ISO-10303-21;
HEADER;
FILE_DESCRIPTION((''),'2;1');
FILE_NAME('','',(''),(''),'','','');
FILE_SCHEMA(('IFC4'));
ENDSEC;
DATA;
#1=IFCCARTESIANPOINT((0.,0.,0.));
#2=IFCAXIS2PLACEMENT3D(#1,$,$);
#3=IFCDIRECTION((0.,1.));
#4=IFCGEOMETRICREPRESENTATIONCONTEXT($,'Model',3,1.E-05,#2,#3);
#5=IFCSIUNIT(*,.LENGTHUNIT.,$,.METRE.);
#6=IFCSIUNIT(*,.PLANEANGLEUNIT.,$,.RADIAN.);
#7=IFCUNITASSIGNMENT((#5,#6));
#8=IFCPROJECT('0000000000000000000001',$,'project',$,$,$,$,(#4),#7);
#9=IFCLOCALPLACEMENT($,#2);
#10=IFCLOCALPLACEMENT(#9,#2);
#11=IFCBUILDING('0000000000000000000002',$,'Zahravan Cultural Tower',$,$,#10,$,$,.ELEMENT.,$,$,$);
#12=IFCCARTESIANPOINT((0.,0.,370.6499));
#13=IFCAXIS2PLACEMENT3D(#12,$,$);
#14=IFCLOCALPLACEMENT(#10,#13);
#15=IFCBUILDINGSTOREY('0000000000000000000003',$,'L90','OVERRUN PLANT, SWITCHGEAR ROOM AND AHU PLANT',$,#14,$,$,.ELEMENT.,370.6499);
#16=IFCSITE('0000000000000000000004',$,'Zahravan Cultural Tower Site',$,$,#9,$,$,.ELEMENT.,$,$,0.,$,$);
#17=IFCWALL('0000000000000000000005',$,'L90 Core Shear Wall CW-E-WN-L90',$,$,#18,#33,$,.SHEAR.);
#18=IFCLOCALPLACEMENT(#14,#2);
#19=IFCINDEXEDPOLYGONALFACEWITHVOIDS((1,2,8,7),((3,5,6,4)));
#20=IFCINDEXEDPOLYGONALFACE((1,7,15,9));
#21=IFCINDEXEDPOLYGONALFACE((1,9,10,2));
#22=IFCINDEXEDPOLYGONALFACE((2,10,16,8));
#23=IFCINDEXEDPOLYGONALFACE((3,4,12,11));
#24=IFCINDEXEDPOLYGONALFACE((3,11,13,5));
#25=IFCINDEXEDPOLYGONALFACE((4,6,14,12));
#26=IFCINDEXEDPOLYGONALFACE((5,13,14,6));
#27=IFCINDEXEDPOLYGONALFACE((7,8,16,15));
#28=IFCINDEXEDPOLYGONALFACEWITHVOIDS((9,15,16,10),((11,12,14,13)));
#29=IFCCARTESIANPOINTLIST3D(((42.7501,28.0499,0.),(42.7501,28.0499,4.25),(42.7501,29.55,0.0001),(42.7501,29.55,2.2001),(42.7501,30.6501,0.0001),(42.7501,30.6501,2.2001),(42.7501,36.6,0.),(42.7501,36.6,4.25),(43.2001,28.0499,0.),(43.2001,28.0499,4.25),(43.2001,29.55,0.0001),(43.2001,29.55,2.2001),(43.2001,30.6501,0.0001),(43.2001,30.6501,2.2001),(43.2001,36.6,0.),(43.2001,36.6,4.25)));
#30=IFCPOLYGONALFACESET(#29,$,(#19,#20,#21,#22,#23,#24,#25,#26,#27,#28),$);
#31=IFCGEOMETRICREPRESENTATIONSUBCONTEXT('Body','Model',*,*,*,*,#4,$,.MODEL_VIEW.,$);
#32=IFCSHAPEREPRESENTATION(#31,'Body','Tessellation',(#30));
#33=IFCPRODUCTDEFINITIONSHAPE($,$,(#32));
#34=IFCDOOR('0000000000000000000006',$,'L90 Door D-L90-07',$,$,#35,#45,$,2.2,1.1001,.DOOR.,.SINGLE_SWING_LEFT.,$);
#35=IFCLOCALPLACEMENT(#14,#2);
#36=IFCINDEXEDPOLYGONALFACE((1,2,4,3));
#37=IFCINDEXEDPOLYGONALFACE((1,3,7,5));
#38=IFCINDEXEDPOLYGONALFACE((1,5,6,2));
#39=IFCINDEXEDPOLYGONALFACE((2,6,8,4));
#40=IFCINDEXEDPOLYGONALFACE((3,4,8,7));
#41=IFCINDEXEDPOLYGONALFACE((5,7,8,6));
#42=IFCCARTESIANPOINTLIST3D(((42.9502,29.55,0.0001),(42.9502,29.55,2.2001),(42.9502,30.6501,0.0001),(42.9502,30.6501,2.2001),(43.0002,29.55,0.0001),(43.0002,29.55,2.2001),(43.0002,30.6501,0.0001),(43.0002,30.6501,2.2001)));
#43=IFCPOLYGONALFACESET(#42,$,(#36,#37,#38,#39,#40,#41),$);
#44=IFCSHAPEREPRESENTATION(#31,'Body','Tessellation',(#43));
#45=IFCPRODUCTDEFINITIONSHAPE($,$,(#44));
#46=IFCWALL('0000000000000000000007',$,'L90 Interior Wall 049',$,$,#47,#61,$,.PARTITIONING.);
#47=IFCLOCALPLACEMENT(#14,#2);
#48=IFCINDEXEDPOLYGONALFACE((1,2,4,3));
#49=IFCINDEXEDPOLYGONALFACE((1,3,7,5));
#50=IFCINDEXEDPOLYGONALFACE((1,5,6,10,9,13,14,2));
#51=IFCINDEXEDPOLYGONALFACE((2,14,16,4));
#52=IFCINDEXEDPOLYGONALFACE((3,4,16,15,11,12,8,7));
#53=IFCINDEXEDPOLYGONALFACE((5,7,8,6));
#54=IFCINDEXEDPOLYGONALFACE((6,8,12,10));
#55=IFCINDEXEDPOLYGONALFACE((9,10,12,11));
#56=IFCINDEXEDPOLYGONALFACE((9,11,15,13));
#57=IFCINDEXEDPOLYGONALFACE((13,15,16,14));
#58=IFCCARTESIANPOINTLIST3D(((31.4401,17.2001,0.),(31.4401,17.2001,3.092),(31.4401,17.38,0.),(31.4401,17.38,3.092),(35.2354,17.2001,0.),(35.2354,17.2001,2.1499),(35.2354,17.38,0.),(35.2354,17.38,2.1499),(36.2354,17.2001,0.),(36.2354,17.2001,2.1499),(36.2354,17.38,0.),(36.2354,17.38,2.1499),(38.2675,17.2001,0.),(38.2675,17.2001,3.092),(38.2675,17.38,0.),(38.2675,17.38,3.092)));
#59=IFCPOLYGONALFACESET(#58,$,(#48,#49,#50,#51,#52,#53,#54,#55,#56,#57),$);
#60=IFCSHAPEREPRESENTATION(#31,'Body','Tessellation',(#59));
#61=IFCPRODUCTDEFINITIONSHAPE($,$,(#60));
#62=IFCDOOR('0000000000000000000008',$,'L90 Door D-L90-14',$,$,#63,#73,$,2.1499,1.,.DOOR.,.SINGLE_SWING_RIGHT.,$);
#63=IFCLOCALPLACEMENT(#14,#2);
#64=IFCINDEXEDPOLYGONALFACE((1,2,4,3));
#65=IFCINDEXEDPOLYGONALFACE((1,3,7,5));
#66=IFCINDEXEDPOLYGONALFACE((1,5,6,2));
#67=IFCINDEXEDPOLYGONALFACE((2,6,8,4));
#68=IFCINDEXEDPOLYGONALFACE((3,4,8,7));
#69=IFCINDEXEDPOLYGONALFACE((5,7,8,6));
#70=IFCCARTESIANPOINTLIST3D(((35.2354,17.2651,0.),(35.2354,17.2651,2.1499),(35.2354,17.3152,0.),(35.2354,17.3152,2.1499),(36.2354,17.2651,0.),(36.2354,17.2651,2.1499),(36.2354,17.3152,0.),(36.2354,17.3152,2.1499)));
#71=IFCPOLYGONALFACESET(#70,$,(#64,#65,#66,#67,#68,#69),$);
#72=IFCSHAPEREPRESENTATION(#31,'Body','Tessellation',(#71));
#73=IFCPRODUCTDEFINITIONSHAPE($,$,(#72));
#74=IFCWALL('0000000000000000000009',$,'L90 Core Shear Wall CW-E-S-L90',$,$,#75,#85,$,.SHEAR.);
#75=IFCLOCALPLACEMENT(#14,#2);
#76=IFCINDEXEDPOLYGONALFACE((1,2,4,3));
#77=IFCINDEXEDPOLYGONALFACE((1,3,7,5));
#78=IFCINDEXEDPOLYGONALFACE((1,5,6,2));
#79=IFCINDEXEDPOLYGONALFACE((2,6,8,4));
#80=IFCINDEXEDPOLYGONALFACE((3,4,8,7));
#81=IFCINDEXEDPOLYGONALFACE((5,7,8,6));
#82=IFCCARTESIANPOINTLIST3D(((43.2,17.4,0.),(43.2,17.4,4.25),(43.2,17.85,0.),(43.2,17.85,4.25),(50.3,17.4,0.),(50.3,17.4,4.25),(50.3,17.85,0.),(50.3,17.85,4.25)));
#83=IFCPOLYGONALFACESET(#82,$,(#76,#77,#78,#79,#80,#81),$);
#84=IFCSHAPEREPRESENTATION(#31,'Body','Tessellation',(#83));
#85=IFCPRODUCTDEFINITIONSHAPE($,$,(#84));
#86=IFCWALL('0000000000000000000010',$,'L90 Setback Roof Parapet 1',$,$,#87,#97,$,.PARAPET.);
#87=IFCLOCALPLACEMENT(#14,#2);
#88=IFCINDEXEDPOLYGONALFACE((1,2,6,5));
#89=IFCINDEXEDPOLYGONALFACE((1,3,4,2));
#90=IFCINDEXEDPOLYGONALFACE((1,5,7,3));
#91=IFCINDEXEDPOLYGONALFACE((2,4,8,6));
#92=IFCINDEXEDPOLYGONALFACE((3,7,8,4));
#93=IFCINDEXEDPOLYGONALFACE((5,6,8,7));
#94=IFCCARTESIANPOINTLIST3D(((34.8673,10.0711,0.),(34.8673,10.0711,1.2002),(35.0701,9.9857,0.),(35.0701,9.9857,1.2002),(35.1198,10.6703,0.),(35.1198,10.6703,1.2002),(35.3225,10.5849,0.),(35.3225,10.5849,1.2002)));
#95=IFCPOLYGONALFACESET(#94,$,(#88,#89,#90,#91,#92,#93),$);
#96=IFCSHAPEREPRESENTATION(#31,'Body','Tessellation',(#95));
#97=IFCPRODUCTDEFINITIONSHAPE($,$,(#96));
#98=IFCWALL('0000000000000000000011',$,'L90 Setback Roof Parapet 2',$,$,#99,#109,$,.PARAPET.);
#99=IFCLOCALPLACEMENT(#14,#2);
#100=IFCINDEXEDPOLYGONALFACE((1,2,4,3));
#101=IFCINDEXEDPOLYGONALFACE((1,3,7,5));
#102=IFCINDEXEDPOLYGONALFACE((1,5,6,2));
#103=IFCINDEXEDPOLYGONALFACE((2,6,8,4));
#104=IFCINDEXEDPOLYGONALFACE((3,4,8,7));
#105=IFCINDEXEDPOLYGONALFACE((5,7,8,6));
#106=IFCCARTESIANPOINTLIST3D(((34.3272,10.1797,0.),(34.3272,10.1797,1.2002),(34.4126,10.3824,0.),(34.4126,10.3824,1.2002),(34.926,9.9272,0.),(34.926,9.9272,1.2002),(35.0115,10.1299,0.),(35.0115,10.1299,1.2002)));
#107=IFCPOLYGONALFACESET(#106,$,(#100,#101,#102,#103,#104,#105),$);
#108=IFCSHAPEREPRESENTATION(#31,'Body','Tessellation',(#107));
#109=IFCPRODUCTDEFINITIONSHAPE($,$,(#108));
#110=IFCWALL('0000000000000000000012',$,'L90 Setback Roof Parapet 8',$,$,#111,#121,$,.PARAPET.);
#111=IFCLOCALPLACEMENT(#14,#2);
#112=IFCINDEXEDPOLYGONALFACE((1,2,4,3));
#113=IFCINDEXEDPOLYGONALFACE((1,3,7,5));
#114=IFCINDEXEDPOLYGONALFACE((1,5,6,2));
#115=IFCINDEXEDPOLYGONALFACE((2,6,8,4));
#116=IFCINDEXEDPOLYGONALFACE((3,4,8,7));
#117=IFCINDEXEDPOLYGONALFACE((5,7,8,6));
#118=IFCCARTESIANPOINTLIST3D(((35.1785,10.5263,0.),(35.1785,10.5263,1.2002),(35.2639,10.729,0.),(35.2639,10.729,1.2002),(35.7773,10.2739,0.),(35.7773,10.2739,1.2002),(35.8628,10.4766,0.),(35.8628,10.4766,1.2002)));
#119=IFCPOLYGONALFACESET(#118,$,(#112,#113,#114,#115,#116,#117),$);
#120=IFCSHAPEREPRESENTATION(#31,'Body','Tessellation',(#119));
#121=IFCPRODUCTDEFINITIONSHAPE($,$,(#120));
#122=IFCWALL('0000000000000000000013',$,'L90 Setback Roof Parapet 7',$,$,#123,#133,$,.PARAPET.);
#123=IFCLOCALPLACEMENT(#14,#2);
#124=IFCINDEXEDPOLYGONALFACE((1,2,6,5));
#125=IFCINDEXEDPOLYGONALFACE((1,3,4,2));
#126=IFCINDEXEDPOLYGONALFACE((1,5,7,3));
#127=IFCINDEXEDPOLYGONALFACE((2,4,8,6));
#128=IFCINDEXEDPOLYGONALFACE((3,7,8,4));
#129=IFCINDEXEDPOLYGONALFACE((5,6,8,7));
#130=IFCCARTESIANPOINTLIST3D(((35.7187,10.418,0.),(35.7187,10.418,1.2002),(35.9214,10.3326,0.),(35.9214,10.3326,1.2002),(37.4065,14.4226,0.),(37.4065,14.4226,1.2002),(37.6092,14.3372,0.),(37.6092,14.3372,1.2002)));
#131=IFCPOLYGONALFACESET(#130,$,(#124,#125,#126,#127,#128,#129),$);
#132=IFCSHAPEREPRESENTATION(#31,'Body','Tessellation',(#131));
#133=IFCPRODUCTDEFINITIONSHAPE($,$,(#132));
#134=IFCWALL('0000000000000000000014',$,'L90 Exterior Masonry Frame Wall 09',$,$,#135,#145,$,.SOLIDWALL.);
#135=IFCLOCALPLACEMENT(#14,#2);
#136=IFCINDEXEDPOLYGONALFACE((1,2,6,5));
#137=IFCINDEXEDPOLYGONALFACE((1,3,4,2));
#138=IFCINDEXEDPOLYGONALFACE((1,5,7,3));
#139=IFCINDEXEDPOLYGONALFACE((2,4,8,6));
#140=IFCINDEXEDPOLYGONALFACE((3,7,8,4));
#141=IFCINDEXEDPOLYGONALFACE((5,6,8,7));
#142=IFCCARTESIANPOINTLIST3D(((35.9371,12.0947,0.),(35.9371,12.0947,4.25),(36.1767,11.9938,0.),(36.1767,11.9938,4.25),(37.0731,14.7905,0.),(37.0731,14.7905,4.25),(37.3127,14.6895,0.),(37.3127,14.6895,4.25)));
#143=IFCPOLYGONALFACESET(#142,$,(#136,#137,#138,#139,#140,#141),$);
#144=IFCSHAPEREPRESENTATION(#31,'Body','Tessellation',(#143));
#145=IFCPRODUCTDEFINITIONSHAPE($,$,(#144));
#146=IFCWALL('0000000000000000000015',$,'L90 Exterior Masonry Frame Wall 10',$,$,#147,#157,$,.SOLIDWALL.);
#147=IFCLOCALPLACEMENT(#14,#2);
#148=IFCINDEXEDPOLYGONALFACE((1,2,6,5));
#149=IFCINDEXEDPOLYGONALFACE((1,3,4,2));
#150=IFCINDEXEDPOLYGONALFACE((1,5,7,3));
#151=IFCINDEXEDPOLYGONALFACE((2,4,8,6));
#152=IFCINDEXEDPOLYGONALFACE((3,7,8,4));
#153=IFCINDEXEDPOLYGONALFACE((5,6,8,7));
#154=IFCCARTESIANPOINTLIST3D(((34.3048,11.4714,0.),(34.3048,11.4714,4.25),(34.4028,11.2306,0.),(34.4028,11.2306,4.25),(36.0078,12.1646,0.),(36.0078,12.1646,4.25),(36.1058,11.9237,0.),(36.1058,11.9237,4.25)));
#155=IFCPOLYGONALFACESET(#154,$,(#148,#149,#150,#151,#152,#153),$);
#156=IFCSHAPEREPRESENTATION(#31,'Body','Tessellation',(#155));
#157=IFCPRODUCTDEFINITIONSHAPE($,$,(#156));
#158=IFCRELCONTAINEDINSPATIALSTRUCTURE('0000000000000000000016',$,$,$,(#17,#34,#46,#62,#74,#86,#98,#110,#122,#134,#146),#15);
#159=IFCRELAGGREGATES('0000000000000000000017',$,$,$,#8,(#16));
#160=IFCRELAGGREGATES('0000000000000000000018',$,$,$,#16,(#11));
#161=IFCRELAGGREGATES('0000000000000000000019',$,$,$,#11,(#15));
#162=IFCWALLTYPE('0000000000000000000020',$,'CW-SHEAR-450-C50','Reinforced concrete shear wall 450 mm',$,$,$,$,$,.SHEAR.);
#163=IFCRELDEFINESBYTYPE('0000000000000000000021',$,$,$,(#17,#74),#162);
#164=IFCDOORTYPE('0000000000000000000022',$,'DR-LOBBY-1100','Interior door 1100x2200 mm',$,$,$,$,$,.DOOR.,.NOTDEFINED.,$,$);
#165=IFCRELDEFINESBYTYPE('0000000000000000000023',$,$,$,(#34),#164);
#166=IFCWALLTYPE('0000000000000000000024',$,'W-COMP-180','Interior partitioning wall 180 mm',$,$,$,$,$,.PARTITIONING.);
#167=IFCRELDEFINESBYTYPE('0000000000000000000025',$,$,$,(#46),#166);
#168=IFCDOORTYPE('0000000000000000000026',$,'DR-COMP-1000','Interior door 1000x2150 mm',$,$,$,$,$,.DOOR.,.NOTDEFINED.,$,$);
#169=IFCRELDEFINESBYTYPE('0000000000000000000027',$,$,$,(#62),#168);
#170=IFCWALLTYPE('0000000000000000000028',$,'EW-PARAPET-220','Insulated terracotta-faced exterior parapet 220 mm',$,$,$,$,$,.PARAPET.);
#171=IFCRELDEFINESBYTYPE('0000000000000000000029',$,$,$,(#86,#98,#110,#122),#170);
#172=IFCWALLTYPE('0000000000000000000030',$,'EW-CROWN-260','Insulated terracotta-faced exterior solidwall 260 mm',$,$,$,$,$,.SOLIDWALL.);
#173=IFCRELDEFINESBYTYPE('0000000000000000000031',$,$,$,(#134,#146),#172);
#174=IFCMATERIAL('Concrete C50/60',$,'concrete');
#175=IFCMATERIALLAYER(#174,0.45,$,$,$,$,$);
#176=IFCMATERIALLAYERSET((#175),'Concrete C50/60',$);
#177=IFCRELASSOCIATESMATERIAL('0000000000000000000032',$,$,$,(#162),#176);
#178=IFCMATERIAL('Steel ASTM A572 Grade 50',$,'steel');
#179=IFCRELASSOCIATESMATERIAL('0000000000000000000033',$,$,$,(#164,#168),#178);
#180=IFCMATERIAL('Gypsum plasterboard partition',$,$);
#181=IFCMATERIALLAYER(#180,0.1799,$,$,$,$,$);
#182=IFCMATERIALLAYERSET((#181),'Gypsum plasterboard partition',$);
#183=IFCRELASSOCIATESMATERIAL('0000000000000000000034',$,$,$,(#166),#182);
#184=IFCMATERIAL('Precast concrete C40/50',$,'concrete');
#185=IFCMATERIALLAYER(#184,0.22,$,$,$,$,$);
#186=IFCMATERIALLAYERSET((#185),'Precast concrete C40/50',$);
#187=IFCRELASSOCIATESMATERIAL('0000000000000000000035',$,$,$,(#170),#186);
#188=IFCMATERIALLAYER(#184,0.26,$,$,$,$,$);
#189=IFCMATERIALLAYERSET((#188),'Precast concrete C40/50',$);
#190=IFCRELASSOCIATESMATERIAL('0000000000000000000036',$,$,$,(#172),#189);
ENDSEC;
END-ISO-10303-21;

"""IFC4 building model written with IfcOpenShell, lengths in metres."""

from ifc_helpers import new_model, si_unit, direction, frame, frame_2d, origin, place, context, subcontext, project, spatial, rectangle, extrude, source, transform, mapped, material, layer, layer_set, type_object, element, fill, save


model = new_model("IFC4")

# Units and contexts
model_context = context("Model", 3, precision=1e-05, world=origin(), true_north=direction((0.0, 1.0)))
body_context = subcontext(model_context, "Body", "Model", "MODEL_VIEW")
ifc_project = project(units=[si_unit("LENGTHUNIT", "METRE"), si_unit("PLANEANGLEUNIT", "RADIAN")], contexts=[model_context])

# Site, building, storey
site_placement = place(None, origin())
site = spatial("IfcSite", under=ifc_project, at=site_placement, Name="Zahravan Cultural Tower Site", CompositionType="ELEMENT", RefElevation=0.0)
building_placement = place(site_placement, origin())
building = spatial("IfcBuilding", under=site, at=building_placement, Name="Zahravan Cultural Tower", CompositionType="ELEMENT")
storey_placement = place(building_placement, frame((0.0, 0.0, 370.6499)))
storey = spatial("IfcBuildingStorey", under=building, at=storey_placement, Name="L90", Description="OVERRUN PLANT, SWITCHGEAR ROOM AND AHU PLANT", CompositionType="ELEMENT", Elevation=370.6499)

# Shared definitions
ifc_material_1 = material(Name="Concrete C50/60", Category="concrete")

# Shared definitions
ifc_layer_1 = layer(ifc_material_1, 0.45)
ifc_layer_set_1 = layer_set([ifc_layer_1], Name="Concrete C50/60")
wall_type_1 = type_object("IfcWallType", Name="CW-SHEAR-450-C50", Description="Reinforced concrete shear wall 450 mm", PredefinedType="SHEAR", material=ifc_layer_set_1)
ifc_material_2 = material(Name="Steel ASTM A572 Grade 50", Category="steel")
door_type_1 = type_object("IfcDoorType", Name="DR-LOBBY-1100", Description="Interior door 1100x2200 mm", OperationType="NOTDEFINED", PredefinedType="DOOR", material=ifc_material_2)
shared_shape_1 = source(origin(), body_context, "Body", "SweptSolid", [
    extrude(rectangle(XDim=1.1001, YDim=2.2, at=frame_2d((0.55, 1.1001))), frame((0.0, 0.0249, 0.0), z_axis=(0.0, -1.0, 0.0), x_axis=(1.0, 0.0, 0.0)), (0.0, 0.0, 1.0), 0.05),
])

# Walls, openings, doors
wall_1_placement = place(storey_placement, frame((42.9751, 28.05, 0.0), z_axis=(0.0, 0.0, 1.0), x_axis=(0.0, 1.0, 0.0)))
wall_1 = element("IfcWall", 1, at=wall_1_placement, inside=storey, type_object=wall_type_1, Name="L90 Core Shear Wall CW-E-WN-L90", PredefinedType="SHEAR", context=body_context, shape_type="SweptSolid", body=[
    extrude(rectangle(XDim=8.55, YDim=0.45, at=frame_2d((4.2749, 0.0))), origin(), (0.0, 0.0, 1.0), 4.25),
])
opening_1_placement = place(wall_1_placement, frame((1.5, 0.0, 0.0)))
opening_1 = element("IfcOpeningElement", 2, at=opening_1_placement, cuts=wall_1, PredefinedType="OPENING", context=body_context, shape_type="SweptSolid", body=[
    extrude(rectangle(XDim=1.1001, YDim=2.2, at=frame_2d((0.55, 1.1001))), frame((0.0, 0.2349, 0.0), z_axis=(0.0, -1.0, 0.0), x_axis=(1.0, 0.0, 0.0)), (0.0, 0.0, 1.0), 0.47),
])
door_1_placement = place(opening_1_placement, origin())
door_1 = element("IfcDoor", 3, at=door_1_placement, inside=storey, type_object=door_type_1, Name="L90 Door D-L90-07", OperationType="SINGLE_SWING_LEFT", OverallHeight=2.2, OverallWidth=1.1001, PredefinedType="DOOR", context=body_context, shape_type="MappedRepresentation", body=[
    mapped(shared_shape_1, transform((0.0, 0.0, 0.0), x_axis=(1.0, 0.0, 0.0), y_axis=(0.0, 1.0, 0.0), z_axis=(0.0, 0.0, 1.0), scale=1.0)),
])
fill(opening_1, door_1)
ifc_material_3 = material(Name="Gypsum plasterboard partition")
ifc_layer_2 = layer(ifc_material_3, 0.1799)
ifc_layer_set_2 = layer_set([ifc_layer_2], Name="Gypsum plasterboard partition")
wall_type_2 = type_object("IfcWallType", Name="W-COMP-180", Description="Interior partitioning wall 180 mm", PredefinedType="PARTITIONING", material=ifc_layer_set_2)
wall_2_placement = place(storey_placement, frame((38.2673, 17.29, 0.0), z_axis=(0.0, 0.0, 1.0), x_axis=(-1.0, 0.0, 0.0)))
wall_2 = element("IfcWall", 4, at=wall_2_placement, inside=storey, type_object=wall_type_2, Name="L90 Interior Wall 049", PredefinedType="PARTITIONING", context=body_context, shape_type="SweptSolid", body=[
    extrude(rectangle(XDim=6.8274, YDim=0.1799, at=frame_2d((3.4136, 0.0))), origin(), (0.0, 0.0, 1.0), 3.092),
])
opening_2_placement = place(wall_2_placement, frame((2.032, 0.0, 0.0)))
opening_2 = element("IfcOpeningElement", 5, at=opening_2_placement, cuts=wall_2, PredefinedType="OPENING", context=body_context, shape_type="SweptSolid", body=[
    extrude(rectangle(XDim=1.0, YDim=2.1499, at=frame_2d((0.5, 1.075))), frame((0.0, 0.0999, 0.0), z_axis=(0.0, -1.0, 0.0), x_axis=(1.0, 0.0, 0.0)), (0.0, 0.0, 1.0), 0.2),
])
door_type_2 = type_object("IfcDoorType", Name="DR-COMP-1000", Description="Interior door 1000x2150 mm", OperationType="NOTDEFINED", PredefinedType="DOOR", material=ifc_material_2)
shared_shape_2 = source(origin(), body_context, "Body", "SweptSolid", [
    extrude(rectangle(XDim=1.0, YDim=2.1499, at=frame_2d((0.5, 1.075))), frame((0.0, 0.0249, 0.0), z_axis=(0.0, -1.0, 0.0), x_axis=(1.0, 0.0, 0.0)), (0.0, 0.0, 1.0), 0.05),
])
door_2_placement = place(opening_2_placement, origin())
door_2 = element("IfcDoor", 6, at=door_2_placement, inside=storey, type_object=door_type_2, Name="L90 Door D-L90-14", OperationType="SINGLE_SWING_RIGHT", OverallHeight=2.1499, OverallWidth=1.0, PredefinedType="DOOR", context=body_context, shape_type="MappedRepresentation", body=[
    mapped(shared_shape_2, transform((0.0, 0.0, 0.0), x_axis=(1.0, 0.0, 0.0), y_axis=(0.0, 1.0, 0.0), z_axis=(0.0, 0.0, 1.0), scale=1.0)),
])
fill(opening_2, door_2)

# Walls
shared_shape_3 = source(origin(), body_context, "Body", "SweptSolid", [
    extrude(rectangle(XDim=7.1001, YDim=0.45, at=frame_2d((3.55, 0.0))), origin(), (0.0, 0.0, 1.0), 4.25),
])
wall_3_placement = place(storey_placement, frame((43.2, 17.625, 0.0), z_axis=(0.0, 0.0, 1.0), x_axis=(1.0, 0.0, 0.0)))
element("IfcWall", 7, at=wall_3_placement, inside=storey, type_object=wall_type_1, Name="L90 Core Shear Wall CW-E-S-L90", PredefinedType="SHEAR", context=body_context, shape_type="MappedRepresentation", body=[
    mapped(shared_shape_3, transform((0.0, 0.0, 0.0), x_axis=(1.0, 0.0, 0.0), y_axis=(0.0, 1.0, 0.0), z_axis=(0.0, 0.0, 1.0), scale=1.0)),
])
ifc_material_4 = material(Name="Precast concrete C40/50", Category="concrete")
ifc_layer_3 = layer(ifc_material_4, 0.22)
ifc_layer_set_3 = layer_set([ifc_layer_3], Name="Precast concrete C40/50")
wall_type_3 = type_object("IfcWallType", Name="EW-PARAPET-220", Description="Insulated terracotta-faced exterior parapet 220 mm", PredefinedType="PARAPET", material=ifc_layer_set_3)
shared_shape_4 = source(origin(), body_context, "Body", "SweptSolid", [
    extrude(rectangle(XDim=0.6501, YDim=0.22, at=frame_2d((0.3252, 0.0))), origin(), (0.0, 0.0, 1.0), 1.2002),
])
wall_4_placement = place(storey_placement, frame((35.2212, 10.6277, 0.0), z_axis=(0.0, 0.0, 1.0), x_axis=(-0.388292, -0.921536, 0.0)))
element("IfcWall", 8, at=wall_4_placement, inside=storey, type_object=wall_type_3, Name="L90 Setback Roof Parapet 1", PredefinedType="PARAPET", context=body_context, shape_type="MappedRepresentation", body=[
    mapped(shared_shape_4, transform((0.0, 0.0, 0.0), x_axis=(1.0, 0.0, 0.0), y_axis=(0.0, 1.0, 0.0), z_axis=(0.0, 0.0, 1.0), scale=1.0)),
])
shared_shape_5 = source(origin(), body_context, "Body", "SweptSolid", [
    extrude(rectangle(XDim=0.6499, YDim=0.22, at=frame_2d((0.325, 0.0))), origin(), (0.0, 0.0, 1.0), 1.2002),
])
for number, where, z_axis, x_axis, name in (
    (9, (34.9688, 10.0286, 0.0), (0.0, 0.0, 1.0), (-0.92148, 0.388426, 0.0), "L90 Setback Roof Parapet 2"),
    (10, (35.8201, 10.3752, 0.0), (0.0, 0.0, 1.0), (-0.92148, 0.388426, 0.0), "L90 Setback Roof Parapet 8"),
):
    element("IfcWall", number, at=place(storey_placement, frame(where, z_axis=z_axis, x_axis=x_axis)), inside=storey, type_object=wall_type_3, Name=name, PredefinedType="PARAPET", context=body_context, shape_type="MappedRepresentation", body=[
        mapped(shared_shape_5, transform((0.0, 0.0, 0.0), x_axis=(1.0, 0.0, 0.0), y_axis=(0.0, 1.0, 0.0), z_axis=(0.0, 0.0, 1.0), scale=1.0)),
    ])
shared_shape_6 = source(origin(), body_context, "Body", "SweptSolid", [
    extrude(rectangle(XDim=4.3457, YDim=0.22, at=frame_2d((2.1729, 0.0))), origin(), (0.0, 0.0, 1.0), 1.2002),
])
wall_5_placement = place(storey_placement, frame((37.5078, 14.3799, 0.0), z_axis=(0.0, 0.0, 1.0), x_axis=(-0.388366, -0.921505, 0.0)))
element("IfcWall", 11, at=wall_5_placement, inside=storey, type_object=wall_type_3, Name="L90 Setback Roof Parapet 7", PredefinedType="PARAPET", context=body_context, shape_type="MappedRepresentation", body=[
    mapped(shared_shape_6, transform((0.0, 0.0, 0.0), x_axis=(1.0, 0.0, 0.0), y_axis=(0.0, 1.0, 0.0), z_axis=(0.0, 0.0, 1.0), scale=1.0)),
])
ifc_layer_4 = layer(ifc_material_4, 0.26)
ifc_layer_set_4 = layer_set([ifc_layer_4], Name="Precast concrete C40/50")
wall_type_4 = type_object("IfcWallType", Name="EW-CROWN-260", Description="Insulated terracotta-faced exterior solidwall 260 mm", PredefinedType="SOLIDWALL", material=ifc_layer_set_4)
shared_shape_7 = source(origin(), body_context, "Body", "SweptSolid", [
    extrude(rectangle(XDim=2.9253, YDim=0.26, at=frame_2d((1.4626, 0.0))), origin(), (0.0, 0.0, 1.0), 4.25),
])
wall_6_placement = place(storey_placement, frame((37.1929, 14.74, 0.0), z_axis=(0.0, 0.0, 1.0), x_axis=(-0.388322, -0.921524, 0.0)))
element("IfcWall", 12, at=wall_6_placement, inside=storey, type_object=wall_type_4, Name="L90 Exterior Masonry Frame Wall 09", PredefinedType="SOLIDWALL", context=body_context, shape_type="MappedRepresentation", body=[
    mapped(shared_shape_7, transform((0.0, 0.0, 0.0), x_axis=(1.0, 0.0, 0.0), y_axis=(0.0, 1.0, 0.0), z_axis=(0.0, 0.0, 1.0), scale=1.0)),
])
shared_shape_8 = source(origin(), body_context, "Body", "SweptSolid", [
    extrude(rectangle(XDim=1.8386, YDim=0.26, at=frame_2d((0.9194, 0.0))), origin(), (0.0, 0.0, 1.0), 4.25),
])
wall_7_placement = place(storey_placement, frame((36.0569, 12.0442, 0.0), z_axis=(0.0, 0.0, 1.0), x_axis=(-0.926216, -0.376993, 0.0)))
element("IfcWall", 13, at=wall_7_placement, inside=storey, type_object=wall_type_4, Name="L90 Exterior Masonry Frame Wall 10", PredefinedType="SOLIDWALL", context=body_context, shape_type="MappedRepresentation", body=[
    mapped(shared_shape_8, transform((0.0, 0.0, 0.0), x_axis=(1.0, 0.0, 0.0), y_axis=(0.0, 1.0, 0.0), z_axis=(0.0, 0.0, 1.0), scale=1.0)),
])

save(model, "model.ifc")
